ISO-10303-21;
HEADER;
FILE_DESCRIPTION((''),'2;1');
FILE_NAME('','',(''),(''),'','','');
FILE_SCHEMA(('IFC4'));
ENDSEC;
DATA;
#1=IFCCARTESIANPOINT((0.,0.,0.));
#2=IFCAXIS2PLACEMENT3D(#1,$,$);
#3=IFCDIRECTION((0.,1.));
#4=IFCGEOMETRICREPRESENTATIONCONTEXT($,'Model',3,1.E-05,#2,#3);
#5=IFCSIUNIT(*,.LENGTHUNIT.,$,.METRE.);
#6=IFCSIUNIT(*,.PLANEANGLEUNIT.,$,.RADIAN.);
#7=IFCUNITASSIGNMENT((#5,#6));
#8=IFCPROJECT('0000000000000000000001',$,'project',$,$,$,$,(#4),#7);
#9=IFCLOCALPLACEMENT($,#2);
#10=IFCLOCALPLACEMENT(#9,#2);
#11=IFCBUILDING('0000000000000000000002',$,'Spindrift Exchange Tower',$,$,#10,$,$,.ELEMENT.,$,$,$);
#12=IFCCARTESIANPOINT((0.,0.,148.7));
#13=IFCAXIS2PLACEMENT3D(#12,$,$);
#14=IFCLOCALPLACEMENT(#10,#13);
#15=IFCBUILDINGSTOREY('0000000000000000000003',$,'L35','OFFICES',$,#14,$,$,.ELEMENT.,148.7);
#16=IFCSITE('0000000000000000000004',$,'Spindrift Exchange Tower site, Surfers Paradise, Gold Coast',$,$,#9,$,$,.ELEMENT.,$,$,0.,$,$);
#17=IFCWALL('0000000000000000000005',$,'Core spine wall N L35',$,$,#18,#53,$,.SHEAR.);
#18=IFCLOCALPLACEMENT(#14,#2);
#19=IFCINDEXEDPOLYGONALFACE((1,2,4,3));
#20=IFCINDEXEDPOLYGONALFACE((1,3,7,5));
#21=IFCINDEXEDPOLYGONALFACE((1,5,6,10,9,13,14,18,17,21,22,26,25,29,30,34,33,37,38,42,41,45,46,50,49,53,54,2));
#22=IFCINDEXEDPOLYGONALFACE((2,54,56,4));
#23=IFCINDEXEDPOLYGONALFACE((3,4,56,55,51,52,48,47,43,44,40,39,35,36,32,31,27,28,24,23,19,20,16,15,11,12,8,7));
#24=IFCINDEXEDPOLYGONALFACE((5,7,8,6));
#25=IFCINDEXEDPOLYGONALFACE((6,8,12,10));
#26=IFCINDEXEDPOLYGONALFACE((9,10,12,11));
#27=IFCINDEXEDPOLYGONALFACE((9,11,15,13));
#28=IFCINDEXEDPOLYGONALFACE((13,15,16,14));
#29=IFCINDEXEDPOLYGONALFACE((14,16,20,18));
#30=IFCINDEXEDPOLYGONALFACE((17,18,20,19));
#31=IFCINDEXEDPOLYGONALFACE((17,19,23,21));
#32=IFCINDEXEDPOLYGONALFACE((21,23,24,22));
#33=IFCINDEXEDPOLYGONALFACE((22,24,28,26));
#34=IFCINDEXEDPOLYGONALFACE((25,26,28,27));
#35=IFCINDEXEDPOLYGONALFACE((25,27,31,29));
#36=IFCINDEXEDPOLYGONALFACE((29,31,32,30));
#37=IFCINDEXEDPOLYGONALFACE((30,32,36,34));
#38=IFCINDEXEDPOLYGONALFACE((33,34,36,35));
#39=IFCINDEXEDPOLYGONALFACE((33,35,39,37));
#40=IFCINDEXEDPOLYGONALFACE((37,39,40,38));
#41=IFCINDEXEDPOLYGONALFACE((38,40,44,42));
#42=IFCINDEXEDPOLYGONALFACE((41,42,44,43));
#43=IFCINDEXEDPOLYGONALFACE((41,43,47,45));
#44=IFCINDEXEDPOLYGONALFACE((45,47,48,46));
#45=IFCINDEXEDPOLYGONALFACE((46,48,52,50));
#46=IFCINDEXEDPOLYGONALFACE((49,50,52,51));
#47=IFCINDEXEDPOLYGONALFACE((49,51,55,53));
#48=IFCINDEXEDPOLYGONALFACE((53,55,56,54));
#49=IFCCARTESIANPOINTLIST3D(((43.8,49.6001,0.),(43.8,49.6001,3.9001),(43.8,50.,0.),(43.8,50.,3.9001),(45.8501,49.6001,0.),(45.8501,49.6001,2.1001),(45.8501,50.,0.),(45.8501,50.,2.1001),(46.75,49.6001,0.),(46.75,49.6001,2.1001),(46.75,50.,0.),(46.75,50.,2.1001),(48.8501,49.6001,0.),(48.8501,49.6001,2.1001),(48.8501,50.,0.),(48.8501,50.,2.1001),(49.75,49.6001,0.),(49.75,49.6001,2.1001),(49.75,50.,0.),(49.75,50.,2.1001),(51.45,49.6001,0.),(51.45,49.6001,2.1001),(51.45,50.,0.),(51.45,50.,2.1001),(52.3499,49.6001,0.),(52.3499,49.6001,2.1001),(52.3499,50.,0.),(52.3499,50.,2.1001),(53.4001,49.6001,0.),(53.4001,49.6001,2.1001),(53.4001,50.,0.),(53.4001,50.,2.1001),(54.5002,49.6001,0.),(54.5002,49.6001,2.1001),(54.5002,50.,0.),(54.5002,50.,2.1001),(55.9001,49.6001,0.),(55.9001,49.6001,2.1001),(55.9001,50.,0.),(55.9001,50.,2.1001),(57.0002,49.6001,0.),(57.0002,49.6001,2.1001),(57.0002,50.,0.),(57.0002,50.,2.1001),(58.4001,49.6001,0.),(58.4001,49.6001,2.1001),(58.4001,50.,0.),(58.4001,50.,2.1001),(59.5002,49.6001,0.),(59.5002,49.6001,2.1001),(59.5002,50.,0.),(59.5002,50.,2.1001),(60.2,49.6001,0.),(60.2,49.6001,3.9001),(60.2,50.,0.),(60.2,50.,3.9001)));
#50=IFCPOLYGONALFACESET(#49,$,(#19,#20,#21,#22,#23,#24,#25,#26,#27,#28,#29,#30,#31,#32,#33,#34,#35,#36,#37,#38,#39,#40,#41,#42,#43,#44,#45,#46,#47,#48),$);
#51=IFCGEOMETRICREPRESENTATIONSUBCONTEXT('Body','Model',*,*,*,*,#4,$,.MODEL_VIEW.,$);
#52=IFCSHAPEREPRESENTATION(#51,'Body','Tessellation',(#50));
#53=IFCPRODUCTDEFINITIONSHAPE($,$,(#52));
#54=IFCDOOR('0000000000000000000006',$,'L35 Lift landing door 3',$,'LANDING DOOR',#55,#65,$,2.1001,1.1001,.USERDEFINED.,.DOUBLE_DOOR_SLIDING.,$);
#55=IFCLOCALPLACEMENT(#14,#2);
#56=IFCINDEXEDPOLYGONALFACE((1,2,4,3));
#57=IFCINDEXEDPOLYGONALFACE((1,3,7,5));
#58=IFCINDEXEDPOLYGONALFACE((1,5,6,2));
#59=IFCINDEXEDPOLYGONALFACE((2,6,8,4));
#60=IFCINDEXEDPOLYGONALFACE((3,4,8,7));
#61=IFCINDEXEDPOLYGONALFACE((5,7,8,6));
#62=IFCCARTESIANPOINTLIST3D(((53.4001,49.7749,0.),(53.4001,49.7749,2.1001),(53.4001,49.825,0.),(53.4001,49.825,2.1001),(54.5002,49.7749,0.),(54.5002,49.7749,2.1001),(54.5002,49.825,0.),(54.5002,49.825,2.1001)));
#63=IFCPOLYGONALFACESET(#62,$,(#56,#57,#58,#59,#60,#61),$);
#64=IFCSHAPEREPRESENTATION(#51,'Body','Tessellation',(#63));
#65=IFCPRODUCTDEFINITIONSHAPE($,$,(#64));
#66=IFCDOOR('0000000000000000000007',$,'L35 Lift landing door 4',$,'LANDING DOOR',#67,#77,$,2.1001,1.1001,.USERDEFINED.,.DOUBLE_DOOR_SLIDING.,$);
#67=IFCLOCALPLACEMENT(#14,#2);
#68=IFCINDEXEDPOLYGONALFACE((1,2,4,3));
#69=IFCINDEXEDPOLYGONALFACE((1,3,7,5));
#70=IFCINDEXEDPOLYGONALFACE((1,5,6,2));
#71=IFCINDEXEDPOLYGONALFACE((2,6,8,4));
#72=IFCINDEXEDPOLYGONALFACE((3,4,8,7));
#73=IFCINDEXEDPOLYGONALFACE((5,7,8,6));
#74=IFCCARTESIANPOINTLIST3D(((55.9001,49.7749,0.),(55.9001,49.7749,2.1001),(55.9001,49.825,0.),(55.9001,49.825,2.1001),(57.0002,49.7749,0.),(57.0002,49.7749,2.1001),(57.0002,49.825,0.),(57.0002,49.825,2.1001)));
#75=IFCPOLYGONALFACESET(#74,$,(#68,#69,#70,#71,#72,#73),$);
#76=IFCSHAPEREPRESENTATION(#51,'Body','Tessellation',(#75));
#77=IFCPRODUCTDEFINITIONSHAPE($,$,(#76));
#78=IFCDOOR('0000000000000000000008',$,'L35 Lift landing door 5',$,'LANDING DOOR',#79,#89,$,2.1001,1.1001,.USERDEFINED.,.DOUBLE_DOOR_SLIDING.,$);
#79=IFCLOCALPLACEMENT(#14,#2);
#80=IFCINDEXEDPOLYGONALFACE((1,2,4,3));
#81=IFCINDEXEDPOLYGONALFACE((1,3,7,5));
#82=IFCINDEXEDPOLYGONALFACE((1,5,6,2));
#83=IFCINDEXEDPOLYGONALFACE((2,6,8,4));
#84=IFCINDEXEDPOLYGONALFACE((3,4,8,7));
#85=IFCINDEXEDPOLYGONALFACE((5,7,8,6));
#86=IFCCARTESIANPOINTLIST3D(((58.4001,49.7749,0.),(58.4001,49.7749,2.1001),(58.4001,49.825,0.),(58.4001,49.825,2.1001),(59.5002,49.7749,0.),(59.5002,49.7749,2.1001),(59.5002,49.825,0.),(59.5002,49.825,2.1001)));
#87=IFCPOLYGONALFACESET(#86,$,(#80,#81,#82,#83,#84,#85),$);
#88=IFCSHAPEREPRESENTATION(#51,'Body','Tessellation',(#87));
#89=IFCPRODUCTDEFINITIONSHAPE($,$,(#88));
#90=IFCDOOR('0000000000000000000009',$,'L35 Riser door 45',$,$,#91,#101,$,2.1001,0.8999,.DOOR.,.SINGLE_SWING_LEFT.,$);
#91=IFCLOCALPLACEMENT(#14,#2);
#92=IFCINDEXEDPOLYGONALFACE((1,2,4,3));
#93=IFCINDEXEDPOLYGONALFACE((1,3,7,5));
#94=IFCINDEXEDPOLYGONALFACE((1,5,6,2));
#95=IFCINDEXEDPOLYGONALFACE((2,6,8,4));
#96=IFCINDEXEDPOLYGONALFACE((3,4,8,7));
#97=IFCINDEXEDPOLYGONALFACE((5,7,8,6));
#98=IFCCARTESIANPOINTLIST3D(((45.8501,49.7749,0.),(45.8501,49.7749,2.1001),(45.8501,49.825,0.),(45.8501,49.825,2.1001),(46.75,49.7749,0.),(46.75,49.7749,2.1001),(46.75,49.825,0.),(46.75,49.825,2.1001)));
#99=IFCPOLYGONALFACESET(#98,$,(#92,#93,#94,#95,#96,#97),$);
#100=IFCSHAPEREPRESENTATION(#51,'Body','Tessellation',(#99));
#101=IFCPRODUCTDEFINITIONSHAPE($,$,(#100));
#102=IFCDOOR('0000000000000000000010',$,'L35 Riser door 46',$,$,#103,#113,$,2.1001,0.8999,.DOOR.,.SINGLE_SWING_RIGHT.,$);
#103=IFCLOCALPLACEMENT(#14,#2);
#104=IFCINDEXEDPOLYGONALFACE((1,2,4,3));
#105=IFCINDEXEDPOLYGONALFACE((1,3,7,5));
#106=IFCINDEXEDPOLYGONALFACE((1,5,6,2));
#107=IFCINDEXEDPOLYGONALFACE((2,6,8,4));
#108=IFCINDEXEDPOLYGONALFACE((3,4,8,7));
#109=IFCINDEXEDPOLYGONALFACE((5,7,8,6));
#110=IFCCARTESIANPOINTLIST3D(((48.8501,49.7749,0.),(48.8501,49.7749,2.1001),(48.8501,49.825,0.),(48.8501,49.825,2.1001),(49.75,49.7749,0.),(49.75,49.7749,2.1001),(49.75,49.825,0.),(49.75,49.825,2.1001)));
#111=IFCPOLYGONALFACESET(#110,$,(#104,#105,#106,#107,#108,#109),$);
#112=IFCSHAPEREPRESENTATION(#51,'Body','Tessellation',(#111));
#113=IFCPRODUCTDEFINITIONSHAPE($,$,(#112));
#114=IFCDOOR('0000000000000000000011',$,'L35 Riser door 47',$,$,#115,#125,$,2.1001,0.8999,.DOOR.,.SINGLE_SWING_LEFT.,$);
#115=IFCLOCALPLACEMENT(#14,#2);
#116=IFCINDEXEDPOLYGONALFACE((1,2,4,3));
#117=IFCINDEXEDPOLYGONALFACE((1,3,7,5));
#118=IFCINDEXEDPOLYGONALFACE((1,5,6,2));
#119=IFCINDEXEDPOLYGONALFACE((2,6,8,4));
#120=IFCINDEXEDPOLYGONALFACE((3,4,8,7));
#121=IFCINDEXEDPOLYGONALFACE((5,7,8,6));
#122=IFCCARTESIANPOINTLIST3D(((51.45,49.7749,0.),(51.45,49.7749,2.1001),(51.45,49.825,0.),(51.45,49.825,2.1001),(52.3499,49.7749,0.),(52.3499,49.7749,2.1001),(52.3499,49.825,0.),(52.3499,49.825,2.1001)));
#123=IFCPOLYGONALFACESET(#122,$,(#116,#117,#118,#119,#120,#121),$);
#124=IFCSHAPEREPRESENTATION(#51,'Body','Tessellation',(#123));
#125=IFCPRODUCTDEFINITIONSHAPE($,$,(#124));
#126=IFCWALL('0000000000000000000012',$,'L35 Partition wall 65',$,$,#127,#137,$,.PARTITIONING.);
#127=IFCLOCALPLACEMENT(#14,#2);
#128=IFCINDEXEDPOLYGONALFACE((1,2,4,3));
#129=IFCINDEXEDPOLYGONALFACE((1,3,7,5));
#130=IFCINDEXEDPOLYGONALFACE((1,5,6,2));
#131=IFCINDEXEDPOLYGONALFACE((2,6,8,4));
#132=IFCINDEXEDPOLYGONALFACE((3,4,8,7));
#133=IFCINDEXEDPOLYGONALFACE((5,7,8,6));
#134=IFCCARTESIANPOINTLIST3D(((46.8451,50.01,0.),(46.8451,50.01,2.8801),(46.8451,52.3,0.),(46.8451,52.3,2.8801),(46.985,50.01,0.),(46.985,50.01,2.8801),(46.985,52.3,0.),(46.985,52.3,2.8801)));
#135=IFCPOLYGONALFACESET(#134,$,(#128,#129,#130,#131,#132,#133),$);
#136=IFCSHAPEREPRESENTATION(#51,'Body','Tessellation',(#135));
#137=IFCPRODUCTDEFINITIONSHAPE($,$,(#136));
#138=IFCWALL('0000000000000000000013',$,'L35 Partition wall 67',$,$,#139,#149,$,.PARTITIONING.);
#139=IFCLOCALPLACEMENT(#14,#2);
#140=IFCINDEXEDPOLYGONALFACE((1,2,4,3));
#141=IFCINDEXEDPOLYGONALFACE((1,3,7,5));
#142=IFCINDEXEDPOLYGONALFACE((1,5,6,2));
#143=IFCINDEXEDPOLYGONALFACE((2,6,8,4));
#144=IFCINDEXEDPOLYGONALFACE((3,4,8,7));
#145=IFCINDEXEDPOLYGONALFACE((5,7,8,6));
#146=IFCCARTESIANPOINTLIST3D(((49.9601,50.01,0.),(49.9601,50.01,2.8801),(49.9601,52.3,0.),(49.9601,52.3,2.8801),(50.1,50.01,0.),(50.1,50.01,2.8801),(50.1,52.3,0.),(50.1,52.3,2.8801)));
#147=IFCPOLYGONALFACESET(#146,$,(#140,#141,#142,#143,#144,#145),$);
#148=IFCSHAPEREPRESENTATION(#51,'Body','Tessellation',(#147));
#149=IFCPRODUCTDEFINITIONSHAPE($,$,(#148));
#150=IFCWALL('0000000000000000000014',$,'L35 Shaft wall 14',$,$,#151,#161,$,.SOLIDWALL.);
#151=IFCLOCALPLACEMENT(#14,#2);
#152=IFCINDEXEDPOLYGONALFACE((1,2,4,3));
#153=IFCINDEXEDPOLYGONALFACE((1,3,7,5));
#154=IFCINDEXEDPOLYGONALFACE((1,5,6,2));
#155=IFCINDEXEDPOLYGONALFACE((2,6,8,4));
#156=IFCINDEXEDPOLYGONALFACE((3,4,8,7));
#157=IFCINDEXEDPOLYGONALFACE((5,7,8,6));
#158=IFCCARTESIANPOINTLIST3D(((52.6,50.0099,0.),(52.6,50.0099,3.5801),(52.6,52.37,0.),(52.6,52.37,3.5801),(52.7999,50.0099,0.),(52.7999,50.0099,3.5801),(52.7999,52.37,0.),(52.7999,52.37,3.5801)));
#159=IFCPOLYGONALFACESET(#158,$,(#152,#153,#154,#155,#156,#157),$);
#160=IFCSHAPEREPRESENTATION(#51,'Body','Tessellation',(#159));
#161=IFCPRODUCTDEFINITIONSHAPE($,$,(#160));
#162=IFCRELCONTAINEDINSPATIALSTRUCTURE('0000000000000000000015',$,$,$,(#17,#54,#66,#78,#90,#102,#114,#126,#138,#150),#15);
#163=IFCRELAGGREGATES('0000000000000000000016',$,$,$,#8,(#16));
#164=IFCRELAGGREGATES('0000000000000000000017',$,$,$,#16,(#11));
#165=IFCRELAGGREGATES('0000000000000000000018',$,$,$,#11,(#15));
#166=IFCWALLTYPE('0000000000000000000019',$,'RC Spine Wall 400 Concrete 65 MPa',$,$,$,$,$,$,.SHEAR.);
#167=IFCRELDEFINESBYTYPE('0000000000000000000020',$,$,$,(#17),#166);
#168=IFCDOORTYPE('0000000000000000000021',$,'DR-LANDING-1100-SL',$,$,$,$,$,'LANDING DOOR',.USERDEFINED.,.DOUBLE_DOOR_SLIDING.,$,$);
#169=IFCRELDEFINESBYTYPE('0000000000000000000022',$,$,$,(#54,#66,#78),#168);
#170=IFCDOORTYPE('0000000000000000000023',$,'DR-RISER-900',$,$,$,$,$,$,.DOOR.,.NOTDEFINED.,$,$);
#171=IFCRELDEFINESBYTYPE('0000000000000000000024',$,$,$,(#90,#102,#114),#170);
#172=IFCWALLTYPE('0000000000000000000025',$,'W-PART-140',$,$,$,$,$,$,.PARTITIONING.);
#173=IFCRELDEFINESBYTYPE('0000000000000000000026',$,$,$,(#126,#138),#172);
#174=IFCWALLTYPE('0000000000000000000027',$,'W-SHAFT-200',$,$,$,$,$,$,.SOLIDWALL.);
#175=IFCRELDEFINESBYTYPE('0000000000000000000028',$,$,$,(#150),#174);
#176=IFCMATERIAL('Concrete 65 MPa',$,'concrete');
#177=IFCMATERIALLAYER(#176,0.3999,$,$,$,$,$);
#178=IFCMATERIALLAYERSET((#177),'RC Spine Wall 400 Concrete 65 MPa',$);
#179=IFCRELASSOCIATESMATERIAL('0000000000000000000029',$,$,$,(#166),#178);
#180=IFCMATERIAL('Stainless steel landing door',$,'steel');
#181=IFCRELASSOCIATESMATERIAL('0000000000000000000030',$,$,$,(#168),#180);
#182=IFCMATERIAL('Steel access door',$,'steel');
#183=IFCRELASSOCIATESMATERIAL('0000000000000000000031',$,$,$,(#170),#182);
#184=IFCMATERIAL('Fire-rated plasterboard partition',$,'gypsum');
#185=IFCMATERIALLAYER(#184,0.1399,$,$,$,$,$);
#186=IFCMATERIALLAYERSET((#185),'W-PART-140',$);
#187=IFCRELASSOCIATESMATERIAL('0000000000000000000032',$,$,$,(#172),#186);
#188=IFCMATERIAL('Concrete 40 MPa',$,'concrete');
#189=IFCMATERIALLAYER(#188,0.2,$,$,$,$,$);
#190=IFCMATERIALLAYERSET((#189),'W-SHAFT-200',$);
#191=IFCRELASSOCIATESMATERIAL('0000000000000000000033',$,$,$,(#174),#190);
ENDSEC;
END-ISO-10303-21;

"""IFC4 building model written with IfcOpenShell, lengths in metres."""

from ifc_helpers import new_model, si_unit, direction, frame, frame_2d, origin, place, context, subcontext, project, spatial, rectangle, extrude, source, transform, mapped, material, layer, layer_set, type_object, element, fill, save


model = new_model("IFC4")

# Units and contexts
model_context = context("Model", 3, precision=1e-05, world=origin(), true_north=direction((0.0, 1.0)))
body_context = subcontext(model_context, "Body", "Model", "MODEL_VIEW")
ifc_project = project(units=[si_unit("LENGTHUNIT", "METRE"), si_unit("PLANEANGLEUNIT", "RADIAN")], contexts=[model_context])

# Site, building, storey
site_placement = place(None, origin())
site = spatial("IfcSite", under=ifc_project, at=site_placement, Name="Spindrift Exchange Tower site, Surfers Paradise, Gold Coast", CompositionType="ELEMENT", RefElevation=0.0)
building_placement = place(site_placement, origin())
building = spatial("IfcBuilding", under=site, at=building_placement, Name="Spindrift Exchange Tower", CompositionType="ELEMENT")
storey_placement = place(building_placement, frame((0.0, 0.0, 148.7)))
storey = spatial("IfcBuildingStorey", under=building, at=storey_placement, Name="L35", Description="OFFICES", CompositionType="ELEMENT", Elevation=148.7)

# Wall, openings, doors
ifc_material_1 = material(Name="Concrete 65 MPa", Category="concrete")
ifc_layer_1 = layer(ifc_material_1, 0.3999)
ifc_layer_set_1 = layer_set([ifc_layer_1], Name="RC Spine Wall 400 Concrete 65 MPa")
wall_type_1 = type_object("IfcWallType", Name="RC Spine Wall 400 Concrete 65 MPa", PredefinedType="SHEAR", material=ifc_layer_set_1)
wall_1_placement = place(storey_placement, frame((43.8, 49.8, 0.0), z_axis=(0.0, 0.0, 1.0), x_axis=(1.0, 0.0, 0.0)))
wall_1 = element("IfcWall", 1, at=wall_1_placement, inside=storey, type_object=wall_type_1, Name="Core spine wall N L35", PredefinedType="SHEAR", context=body_context, shape_type="SweptSolid", body=[
    extrude(rectangle(XDim=16.3999, YDim=0.3999, at=frame_2d((8.2, 0.0))), origin(), (0.0, 0.0, 1.0), 3.9001),
])
opening_1_placement = place(wall_1_placement, frame((9.6001, 0.0, 0.0)))
opening_1 = element("IfcOpeningElement", 2, at=opening_1_placement, cuts=wall_1, PredefinedType="OPENING", context=body_context, shape_type="SweptSolid", body=[
    extrude(rectangle(XDim=1.1001, YDim=2.1001, at=frame_2d((0.55, 1.05))), frame((0.0, 0.21, 0.0), z_axis=(0.0, -1.0, 0.0), x_axis=(1.0, 0.0, 0.0)), (0.0, 0.0, 1.0), 0.4199),
])
opening_2_placement = place(wall_1_placement, frame((12.1001, 0.0, 0.0)))
opening_2 = element("IfcOpeningElement", 3, at=opening_2_placement, cuts=wall_1, PredefinedType="OPENING", context=body_context, shape_type="SweptSolid", body=[
    extrude(rectangle(XDim=1.1001, YDim=2.1001, at=frame_2d((0.55, 1.05))), frame((0.0, 0.21, 0.0), z_axis=(0.0, -1.0, 0.0), x_axis=(1.0, 0.0, 0.0)), (0.0, 0.0, 1.0), 0.4199),
])
opening_3_placement = place(wall_1_placement, frame((14.6001, 0.0, 0.0)))
opening_3 = element("IfcOpeningElement", 4, at=opening_3_placement, cuts=wall_1, PredefinedType="OPENING", context=body_context, shape_type="SweptSolid", body=[
    extrude(rectangle(XDim=1.1001, YDim=2.1001, at=frame_2d((0.55, 1.05))), frame((0.0, 0.21, 0.0), z_axis=(0.0, -1.0, 0.0), x_axis=(1.0, 0.0, 0.0)), (0.0, 0.0, 1.0), 0.4199),
])
opening_4_placement = place(wall_1_placement, frame((2.05, 0.0, 0.0)))
opening_4 = element("IfcOpeningElement", 5, at=opening_4_placement, cuts=wall_1, PredefinedType="OPENING", context=body_context, shape_type="SweptSolid", body=[
    extrude(rectangle(XDim=0.8999, YDim=2.1001, at=frame_2d((0.45, 1.05))), frame((0.0, 0.21, 0.0), z_axis=(0.0, -1.0, 0.0), x_axis=(1.0, 0.0, 0.0)), (0.0, 0.0, 1.0), 0.4199),
])
opening_5_placement = place(wall_1_placement, frame((5.05, 0.0, 0.0)))
opening_5 = element("IfcOpeningElement", 6, at=opening_5_placement, cuts=wall_1, PredefinedType="OPENING", context=body_context, shape_type="SweptSolid", body=[
    extrude(rectangle(XDim=0.8999, YDim=2.1001, at=frame_2d((0.45, 1.05))), frame((0.0, 0.21, 0.0), z_axis=(0.0, -1.0, 0.0), x_axis=(1.0, 0.0, 0.0)), (0.0, 0.0, 1.0), 0.4199),
])
opening_6_placement = place(wall_1_placement, frame((7.6499, 0.0, 0.0)))
opening_6 = element("IfcOpeningElement", 7, at=opening_6_placement, cuts=wall_1, PredefinedType="OPENING", context=body_context, shape_type="SweptSolid", body=[
    extrude(rectangle(XDim=0.8999, YDim=2.1001, at=frame_2d((0.45, 1.05))), frame((0.0, 0.21, 0.0), z_axis=(0.0, -1.0, 0.0), x_axis=(1.0, 0.0, 0.0)), (0.0, 0.0, 1.0), 0.4199),
])
ifc_material_2 = material(Name="Stainless steel landing door", Category="steel")
door_type_1 = type_object("IfcDoorType", Name="DR-LANDING-1100-SL", ElementType="LANDING DOOR", OperationType="DOUBLE_DOOR_SLIDING", PredefinedType="USERDEFINED", material=ifc_material_2)
shared_shape_1 = source(origin(), body_context, "Body", "SweptSolid", [
    extrude(rectangle(XDim=1.1001, YDim=2.1001, at=frame_2d((0.55, 1.05))), frame((0.0, 0.0249, 0.0), z_axis=(0.0, -1.0, 0.0), x_axis=(1.0, 0.0, 0.0)), (0.0, 0.0, 1.0), 0.05),
])
door_1_placement = place(opening_1_placement, origin())
door_1 = element("IfcDoor", 8, at=door_1_placement, inside=storey, type_object=door_type_1, Name="L35 Lift landing door 3", ObjectType="LANDING DOOR", OperationType="DOUBLE_DOOR_SLIDING", OverallHeight=2.1001, OverallWidth=1.1001, PredefinedType="USERDEFINED", context=body_context, shape_type="MappedRepresentation", body=[
    mapped(shared_shape_1, transform((0.0, 0.0, 0.0), scale=1.0)),
])
fill(opening_1, door_1)
door_2_placement = place(opening_2_placement, origin())
door_2 = element("IfcDoor", 9, at=door_2_placement, inside=storey, type_object=door_type_1, Name="L35 Lift landing door 4", ObjectType="LANDING DOOR", OperationType="DOUBLE_DOOR_SLIDING", OverallHeight=2.1001, OverallWidth=1.1001, PredefinedType="USERDEFINED", context=body_context, shape_type="MappedRepresentation", body=[
    mapped(shared_shape_1, transform((0.0, 0.0, 0.0), scale=1.0)),
])
fill(opening_2, door_2)
door_3_placement = place(opening_3_placement, origin())
door_3 = element("IfcDoor", 10, at=door_3_placement, inside=storey, type_object=door_type_1, Name="L35 Lift landing door 5", ObjectType="LANDING DOOR", OperationType="DOUBLE_DOOR_SLIDING", OverallHeight=2.1001, OverallWidth=1.1001, PredefinedType="USERDEFINED", context=body_context, shape_type="MappedRepresentation", body=[
    mapped(shared_shape_1, transform((0.0, 0.0, 0.0), scale=1.0)),
])
fill(opening_3, door_3)
ifc_material_3 = material(Name="Steel access door", Category="steel")
door_type_2 = type_object("IfcDoorType", Name="DR-RISER-900", OperationType="NOTDEFINED", PredefinedType="DOOR", material=ifc_material_3)
shared_shape_2 = source(origin(), body_context, "Body", "SweptSolid", [
    extrude(rectangle(XDim=0.8999, YDim=2.1001, at=frame_2d((0.45, 1.05))), frame((0.0, 0.0249, 0.0), z_axis=(0.0, -1.0, 0.0), x_axis=(1.0, 0.0, 0.0)), (0.0, 0.0, 1.0), 0.05),
])
door_4_placement = place(opening_4_placement, origin())
door_4 = element("IfcDoor", 11, at=door_4_placement, inside=storey, type_object=door_type_2, Name="L35 Riser door 45", OperationType="SINGLE_SWING_LEFT", OverallHeight=2.1001, OverallWidth=0.8999, PredefinedType="DOOR", context=body_context, shape_type="MappedRepresentation", body=[
    mapped(shared_shape_2, transform((0.0, 0.0, 0.0), scale=1.0)),
])
fill(opening_4, door_4)
door_5_placement = place(opening_5_placement, origin())
door_5 = element("IfcDoor", 12, at=door_5_placement, inside=storey, type_object=door_type_2, Name="L35 Riser door 46", OperationType="SINGLE_SWING_RIGHT", OverallHeight=2.1001, OverallWidth=0.8999, PredefinedType="DOOR", context=body_context, shape_type="MappedRepresentation", body=[
    mapped(shared_shape_2, transform((0.0, 0.0, 0.0), scale=1.0)),
])
fill(opening_5, door_5)
door_6_placement = place(opening_6_placement, origin())
door_6 = element("IfcDoor", 13, at=door_6_placement, inside=storey, type_object=door_type_2, Name="L35 Riser door 47", OperationType="SINGLE_SWING_LEFT", OverallHeight=2.1001, OverallWidth=0.8999, PredefinedType="DOOR", context=body_context, shape_type="MappedRepresentation", body=[
    mapped(shared_shape_2, transform((0.0, 0.0, 0.0), scale=1.0)),
])
fill(opening_6, door_6)

# Walls
ifc_material_4 = material(Name="Fire-rated plasterboard partition", Category="gypsum")
ifc_layer_2 = layer(ifc_material_4, 0.1399)
ifc_layer_set_2 = layer_set([ifc_layer_2], Name="W-PART-140")
wall_type_2 = type_object("IfcWallType", Name="W-PART-140", PredefinedType="PARTITIONING", material=ifc_layer_set_2)
for number, where, z_axis, x_axis, name in (
    (14, (46.915, 50.01, 0.0), (0.0, 0.0, 1.0), (0.0, 1.0, 0.0), "L35 Partition wall 65"),
    (15, (50.03, 50.01, 0.0), (0.0, 0.0, 1.0), (0.0, 1.0, 0.0), "L35 Partition wall 67"),
):
    element("IfcWall", number, at=place(storey_placement, frame(where, z_axis=z_axis, x_axis=x_axis)), inside=storey, type_object=wall_type_2, Name=name, PredefinedType="PARTITIONING", context=body_context, shape_type="SweptSolid", body=[
        extrude(rectangle(XDim=2.29, YDim=0.1399, at=frame_2d((1.145, 0.0))), origin(), (0.0, 0.0, 1.0), 2.8801),
    ])
ifc_material_5 = material(Name="Concrete 40 MPa", Category="concrete")
ifc_layer_3 = layer(ifc_material_5, 0.2)
ifc_layer_set_3 = layer_set([ifc_layer_3], Name="W-SHAFT-200")
wall_type_3 = type_object("IfcWallType", Name="W-SHAFT-200", PredefinedType="SOLIDWALL", material=ifc_layer_set_3)
wall_2_placement = place(storey_placement, frame((52.7, 52.3701, 0.0), z_axis=(0.0, 0.0, 1.0), x_axis=(0.0, -1.0, 0.0)))
element("IfcWall", 16, at=wall_2_placement, inside=storey, type_object=wall_type_3, Name="L35 Shaft wall 14", PredefinedType="SOLIDWALL", context=body_context, shape_type="SweptSolid", body=[
    extrude(rectangle(XDim=2.3601, YDim=0.2, at=frame_2d((1.1802, 0.0))), origin(), (0.0, 0.0, 1.0), 3.5801),
])

save(model, "model.ifc")
